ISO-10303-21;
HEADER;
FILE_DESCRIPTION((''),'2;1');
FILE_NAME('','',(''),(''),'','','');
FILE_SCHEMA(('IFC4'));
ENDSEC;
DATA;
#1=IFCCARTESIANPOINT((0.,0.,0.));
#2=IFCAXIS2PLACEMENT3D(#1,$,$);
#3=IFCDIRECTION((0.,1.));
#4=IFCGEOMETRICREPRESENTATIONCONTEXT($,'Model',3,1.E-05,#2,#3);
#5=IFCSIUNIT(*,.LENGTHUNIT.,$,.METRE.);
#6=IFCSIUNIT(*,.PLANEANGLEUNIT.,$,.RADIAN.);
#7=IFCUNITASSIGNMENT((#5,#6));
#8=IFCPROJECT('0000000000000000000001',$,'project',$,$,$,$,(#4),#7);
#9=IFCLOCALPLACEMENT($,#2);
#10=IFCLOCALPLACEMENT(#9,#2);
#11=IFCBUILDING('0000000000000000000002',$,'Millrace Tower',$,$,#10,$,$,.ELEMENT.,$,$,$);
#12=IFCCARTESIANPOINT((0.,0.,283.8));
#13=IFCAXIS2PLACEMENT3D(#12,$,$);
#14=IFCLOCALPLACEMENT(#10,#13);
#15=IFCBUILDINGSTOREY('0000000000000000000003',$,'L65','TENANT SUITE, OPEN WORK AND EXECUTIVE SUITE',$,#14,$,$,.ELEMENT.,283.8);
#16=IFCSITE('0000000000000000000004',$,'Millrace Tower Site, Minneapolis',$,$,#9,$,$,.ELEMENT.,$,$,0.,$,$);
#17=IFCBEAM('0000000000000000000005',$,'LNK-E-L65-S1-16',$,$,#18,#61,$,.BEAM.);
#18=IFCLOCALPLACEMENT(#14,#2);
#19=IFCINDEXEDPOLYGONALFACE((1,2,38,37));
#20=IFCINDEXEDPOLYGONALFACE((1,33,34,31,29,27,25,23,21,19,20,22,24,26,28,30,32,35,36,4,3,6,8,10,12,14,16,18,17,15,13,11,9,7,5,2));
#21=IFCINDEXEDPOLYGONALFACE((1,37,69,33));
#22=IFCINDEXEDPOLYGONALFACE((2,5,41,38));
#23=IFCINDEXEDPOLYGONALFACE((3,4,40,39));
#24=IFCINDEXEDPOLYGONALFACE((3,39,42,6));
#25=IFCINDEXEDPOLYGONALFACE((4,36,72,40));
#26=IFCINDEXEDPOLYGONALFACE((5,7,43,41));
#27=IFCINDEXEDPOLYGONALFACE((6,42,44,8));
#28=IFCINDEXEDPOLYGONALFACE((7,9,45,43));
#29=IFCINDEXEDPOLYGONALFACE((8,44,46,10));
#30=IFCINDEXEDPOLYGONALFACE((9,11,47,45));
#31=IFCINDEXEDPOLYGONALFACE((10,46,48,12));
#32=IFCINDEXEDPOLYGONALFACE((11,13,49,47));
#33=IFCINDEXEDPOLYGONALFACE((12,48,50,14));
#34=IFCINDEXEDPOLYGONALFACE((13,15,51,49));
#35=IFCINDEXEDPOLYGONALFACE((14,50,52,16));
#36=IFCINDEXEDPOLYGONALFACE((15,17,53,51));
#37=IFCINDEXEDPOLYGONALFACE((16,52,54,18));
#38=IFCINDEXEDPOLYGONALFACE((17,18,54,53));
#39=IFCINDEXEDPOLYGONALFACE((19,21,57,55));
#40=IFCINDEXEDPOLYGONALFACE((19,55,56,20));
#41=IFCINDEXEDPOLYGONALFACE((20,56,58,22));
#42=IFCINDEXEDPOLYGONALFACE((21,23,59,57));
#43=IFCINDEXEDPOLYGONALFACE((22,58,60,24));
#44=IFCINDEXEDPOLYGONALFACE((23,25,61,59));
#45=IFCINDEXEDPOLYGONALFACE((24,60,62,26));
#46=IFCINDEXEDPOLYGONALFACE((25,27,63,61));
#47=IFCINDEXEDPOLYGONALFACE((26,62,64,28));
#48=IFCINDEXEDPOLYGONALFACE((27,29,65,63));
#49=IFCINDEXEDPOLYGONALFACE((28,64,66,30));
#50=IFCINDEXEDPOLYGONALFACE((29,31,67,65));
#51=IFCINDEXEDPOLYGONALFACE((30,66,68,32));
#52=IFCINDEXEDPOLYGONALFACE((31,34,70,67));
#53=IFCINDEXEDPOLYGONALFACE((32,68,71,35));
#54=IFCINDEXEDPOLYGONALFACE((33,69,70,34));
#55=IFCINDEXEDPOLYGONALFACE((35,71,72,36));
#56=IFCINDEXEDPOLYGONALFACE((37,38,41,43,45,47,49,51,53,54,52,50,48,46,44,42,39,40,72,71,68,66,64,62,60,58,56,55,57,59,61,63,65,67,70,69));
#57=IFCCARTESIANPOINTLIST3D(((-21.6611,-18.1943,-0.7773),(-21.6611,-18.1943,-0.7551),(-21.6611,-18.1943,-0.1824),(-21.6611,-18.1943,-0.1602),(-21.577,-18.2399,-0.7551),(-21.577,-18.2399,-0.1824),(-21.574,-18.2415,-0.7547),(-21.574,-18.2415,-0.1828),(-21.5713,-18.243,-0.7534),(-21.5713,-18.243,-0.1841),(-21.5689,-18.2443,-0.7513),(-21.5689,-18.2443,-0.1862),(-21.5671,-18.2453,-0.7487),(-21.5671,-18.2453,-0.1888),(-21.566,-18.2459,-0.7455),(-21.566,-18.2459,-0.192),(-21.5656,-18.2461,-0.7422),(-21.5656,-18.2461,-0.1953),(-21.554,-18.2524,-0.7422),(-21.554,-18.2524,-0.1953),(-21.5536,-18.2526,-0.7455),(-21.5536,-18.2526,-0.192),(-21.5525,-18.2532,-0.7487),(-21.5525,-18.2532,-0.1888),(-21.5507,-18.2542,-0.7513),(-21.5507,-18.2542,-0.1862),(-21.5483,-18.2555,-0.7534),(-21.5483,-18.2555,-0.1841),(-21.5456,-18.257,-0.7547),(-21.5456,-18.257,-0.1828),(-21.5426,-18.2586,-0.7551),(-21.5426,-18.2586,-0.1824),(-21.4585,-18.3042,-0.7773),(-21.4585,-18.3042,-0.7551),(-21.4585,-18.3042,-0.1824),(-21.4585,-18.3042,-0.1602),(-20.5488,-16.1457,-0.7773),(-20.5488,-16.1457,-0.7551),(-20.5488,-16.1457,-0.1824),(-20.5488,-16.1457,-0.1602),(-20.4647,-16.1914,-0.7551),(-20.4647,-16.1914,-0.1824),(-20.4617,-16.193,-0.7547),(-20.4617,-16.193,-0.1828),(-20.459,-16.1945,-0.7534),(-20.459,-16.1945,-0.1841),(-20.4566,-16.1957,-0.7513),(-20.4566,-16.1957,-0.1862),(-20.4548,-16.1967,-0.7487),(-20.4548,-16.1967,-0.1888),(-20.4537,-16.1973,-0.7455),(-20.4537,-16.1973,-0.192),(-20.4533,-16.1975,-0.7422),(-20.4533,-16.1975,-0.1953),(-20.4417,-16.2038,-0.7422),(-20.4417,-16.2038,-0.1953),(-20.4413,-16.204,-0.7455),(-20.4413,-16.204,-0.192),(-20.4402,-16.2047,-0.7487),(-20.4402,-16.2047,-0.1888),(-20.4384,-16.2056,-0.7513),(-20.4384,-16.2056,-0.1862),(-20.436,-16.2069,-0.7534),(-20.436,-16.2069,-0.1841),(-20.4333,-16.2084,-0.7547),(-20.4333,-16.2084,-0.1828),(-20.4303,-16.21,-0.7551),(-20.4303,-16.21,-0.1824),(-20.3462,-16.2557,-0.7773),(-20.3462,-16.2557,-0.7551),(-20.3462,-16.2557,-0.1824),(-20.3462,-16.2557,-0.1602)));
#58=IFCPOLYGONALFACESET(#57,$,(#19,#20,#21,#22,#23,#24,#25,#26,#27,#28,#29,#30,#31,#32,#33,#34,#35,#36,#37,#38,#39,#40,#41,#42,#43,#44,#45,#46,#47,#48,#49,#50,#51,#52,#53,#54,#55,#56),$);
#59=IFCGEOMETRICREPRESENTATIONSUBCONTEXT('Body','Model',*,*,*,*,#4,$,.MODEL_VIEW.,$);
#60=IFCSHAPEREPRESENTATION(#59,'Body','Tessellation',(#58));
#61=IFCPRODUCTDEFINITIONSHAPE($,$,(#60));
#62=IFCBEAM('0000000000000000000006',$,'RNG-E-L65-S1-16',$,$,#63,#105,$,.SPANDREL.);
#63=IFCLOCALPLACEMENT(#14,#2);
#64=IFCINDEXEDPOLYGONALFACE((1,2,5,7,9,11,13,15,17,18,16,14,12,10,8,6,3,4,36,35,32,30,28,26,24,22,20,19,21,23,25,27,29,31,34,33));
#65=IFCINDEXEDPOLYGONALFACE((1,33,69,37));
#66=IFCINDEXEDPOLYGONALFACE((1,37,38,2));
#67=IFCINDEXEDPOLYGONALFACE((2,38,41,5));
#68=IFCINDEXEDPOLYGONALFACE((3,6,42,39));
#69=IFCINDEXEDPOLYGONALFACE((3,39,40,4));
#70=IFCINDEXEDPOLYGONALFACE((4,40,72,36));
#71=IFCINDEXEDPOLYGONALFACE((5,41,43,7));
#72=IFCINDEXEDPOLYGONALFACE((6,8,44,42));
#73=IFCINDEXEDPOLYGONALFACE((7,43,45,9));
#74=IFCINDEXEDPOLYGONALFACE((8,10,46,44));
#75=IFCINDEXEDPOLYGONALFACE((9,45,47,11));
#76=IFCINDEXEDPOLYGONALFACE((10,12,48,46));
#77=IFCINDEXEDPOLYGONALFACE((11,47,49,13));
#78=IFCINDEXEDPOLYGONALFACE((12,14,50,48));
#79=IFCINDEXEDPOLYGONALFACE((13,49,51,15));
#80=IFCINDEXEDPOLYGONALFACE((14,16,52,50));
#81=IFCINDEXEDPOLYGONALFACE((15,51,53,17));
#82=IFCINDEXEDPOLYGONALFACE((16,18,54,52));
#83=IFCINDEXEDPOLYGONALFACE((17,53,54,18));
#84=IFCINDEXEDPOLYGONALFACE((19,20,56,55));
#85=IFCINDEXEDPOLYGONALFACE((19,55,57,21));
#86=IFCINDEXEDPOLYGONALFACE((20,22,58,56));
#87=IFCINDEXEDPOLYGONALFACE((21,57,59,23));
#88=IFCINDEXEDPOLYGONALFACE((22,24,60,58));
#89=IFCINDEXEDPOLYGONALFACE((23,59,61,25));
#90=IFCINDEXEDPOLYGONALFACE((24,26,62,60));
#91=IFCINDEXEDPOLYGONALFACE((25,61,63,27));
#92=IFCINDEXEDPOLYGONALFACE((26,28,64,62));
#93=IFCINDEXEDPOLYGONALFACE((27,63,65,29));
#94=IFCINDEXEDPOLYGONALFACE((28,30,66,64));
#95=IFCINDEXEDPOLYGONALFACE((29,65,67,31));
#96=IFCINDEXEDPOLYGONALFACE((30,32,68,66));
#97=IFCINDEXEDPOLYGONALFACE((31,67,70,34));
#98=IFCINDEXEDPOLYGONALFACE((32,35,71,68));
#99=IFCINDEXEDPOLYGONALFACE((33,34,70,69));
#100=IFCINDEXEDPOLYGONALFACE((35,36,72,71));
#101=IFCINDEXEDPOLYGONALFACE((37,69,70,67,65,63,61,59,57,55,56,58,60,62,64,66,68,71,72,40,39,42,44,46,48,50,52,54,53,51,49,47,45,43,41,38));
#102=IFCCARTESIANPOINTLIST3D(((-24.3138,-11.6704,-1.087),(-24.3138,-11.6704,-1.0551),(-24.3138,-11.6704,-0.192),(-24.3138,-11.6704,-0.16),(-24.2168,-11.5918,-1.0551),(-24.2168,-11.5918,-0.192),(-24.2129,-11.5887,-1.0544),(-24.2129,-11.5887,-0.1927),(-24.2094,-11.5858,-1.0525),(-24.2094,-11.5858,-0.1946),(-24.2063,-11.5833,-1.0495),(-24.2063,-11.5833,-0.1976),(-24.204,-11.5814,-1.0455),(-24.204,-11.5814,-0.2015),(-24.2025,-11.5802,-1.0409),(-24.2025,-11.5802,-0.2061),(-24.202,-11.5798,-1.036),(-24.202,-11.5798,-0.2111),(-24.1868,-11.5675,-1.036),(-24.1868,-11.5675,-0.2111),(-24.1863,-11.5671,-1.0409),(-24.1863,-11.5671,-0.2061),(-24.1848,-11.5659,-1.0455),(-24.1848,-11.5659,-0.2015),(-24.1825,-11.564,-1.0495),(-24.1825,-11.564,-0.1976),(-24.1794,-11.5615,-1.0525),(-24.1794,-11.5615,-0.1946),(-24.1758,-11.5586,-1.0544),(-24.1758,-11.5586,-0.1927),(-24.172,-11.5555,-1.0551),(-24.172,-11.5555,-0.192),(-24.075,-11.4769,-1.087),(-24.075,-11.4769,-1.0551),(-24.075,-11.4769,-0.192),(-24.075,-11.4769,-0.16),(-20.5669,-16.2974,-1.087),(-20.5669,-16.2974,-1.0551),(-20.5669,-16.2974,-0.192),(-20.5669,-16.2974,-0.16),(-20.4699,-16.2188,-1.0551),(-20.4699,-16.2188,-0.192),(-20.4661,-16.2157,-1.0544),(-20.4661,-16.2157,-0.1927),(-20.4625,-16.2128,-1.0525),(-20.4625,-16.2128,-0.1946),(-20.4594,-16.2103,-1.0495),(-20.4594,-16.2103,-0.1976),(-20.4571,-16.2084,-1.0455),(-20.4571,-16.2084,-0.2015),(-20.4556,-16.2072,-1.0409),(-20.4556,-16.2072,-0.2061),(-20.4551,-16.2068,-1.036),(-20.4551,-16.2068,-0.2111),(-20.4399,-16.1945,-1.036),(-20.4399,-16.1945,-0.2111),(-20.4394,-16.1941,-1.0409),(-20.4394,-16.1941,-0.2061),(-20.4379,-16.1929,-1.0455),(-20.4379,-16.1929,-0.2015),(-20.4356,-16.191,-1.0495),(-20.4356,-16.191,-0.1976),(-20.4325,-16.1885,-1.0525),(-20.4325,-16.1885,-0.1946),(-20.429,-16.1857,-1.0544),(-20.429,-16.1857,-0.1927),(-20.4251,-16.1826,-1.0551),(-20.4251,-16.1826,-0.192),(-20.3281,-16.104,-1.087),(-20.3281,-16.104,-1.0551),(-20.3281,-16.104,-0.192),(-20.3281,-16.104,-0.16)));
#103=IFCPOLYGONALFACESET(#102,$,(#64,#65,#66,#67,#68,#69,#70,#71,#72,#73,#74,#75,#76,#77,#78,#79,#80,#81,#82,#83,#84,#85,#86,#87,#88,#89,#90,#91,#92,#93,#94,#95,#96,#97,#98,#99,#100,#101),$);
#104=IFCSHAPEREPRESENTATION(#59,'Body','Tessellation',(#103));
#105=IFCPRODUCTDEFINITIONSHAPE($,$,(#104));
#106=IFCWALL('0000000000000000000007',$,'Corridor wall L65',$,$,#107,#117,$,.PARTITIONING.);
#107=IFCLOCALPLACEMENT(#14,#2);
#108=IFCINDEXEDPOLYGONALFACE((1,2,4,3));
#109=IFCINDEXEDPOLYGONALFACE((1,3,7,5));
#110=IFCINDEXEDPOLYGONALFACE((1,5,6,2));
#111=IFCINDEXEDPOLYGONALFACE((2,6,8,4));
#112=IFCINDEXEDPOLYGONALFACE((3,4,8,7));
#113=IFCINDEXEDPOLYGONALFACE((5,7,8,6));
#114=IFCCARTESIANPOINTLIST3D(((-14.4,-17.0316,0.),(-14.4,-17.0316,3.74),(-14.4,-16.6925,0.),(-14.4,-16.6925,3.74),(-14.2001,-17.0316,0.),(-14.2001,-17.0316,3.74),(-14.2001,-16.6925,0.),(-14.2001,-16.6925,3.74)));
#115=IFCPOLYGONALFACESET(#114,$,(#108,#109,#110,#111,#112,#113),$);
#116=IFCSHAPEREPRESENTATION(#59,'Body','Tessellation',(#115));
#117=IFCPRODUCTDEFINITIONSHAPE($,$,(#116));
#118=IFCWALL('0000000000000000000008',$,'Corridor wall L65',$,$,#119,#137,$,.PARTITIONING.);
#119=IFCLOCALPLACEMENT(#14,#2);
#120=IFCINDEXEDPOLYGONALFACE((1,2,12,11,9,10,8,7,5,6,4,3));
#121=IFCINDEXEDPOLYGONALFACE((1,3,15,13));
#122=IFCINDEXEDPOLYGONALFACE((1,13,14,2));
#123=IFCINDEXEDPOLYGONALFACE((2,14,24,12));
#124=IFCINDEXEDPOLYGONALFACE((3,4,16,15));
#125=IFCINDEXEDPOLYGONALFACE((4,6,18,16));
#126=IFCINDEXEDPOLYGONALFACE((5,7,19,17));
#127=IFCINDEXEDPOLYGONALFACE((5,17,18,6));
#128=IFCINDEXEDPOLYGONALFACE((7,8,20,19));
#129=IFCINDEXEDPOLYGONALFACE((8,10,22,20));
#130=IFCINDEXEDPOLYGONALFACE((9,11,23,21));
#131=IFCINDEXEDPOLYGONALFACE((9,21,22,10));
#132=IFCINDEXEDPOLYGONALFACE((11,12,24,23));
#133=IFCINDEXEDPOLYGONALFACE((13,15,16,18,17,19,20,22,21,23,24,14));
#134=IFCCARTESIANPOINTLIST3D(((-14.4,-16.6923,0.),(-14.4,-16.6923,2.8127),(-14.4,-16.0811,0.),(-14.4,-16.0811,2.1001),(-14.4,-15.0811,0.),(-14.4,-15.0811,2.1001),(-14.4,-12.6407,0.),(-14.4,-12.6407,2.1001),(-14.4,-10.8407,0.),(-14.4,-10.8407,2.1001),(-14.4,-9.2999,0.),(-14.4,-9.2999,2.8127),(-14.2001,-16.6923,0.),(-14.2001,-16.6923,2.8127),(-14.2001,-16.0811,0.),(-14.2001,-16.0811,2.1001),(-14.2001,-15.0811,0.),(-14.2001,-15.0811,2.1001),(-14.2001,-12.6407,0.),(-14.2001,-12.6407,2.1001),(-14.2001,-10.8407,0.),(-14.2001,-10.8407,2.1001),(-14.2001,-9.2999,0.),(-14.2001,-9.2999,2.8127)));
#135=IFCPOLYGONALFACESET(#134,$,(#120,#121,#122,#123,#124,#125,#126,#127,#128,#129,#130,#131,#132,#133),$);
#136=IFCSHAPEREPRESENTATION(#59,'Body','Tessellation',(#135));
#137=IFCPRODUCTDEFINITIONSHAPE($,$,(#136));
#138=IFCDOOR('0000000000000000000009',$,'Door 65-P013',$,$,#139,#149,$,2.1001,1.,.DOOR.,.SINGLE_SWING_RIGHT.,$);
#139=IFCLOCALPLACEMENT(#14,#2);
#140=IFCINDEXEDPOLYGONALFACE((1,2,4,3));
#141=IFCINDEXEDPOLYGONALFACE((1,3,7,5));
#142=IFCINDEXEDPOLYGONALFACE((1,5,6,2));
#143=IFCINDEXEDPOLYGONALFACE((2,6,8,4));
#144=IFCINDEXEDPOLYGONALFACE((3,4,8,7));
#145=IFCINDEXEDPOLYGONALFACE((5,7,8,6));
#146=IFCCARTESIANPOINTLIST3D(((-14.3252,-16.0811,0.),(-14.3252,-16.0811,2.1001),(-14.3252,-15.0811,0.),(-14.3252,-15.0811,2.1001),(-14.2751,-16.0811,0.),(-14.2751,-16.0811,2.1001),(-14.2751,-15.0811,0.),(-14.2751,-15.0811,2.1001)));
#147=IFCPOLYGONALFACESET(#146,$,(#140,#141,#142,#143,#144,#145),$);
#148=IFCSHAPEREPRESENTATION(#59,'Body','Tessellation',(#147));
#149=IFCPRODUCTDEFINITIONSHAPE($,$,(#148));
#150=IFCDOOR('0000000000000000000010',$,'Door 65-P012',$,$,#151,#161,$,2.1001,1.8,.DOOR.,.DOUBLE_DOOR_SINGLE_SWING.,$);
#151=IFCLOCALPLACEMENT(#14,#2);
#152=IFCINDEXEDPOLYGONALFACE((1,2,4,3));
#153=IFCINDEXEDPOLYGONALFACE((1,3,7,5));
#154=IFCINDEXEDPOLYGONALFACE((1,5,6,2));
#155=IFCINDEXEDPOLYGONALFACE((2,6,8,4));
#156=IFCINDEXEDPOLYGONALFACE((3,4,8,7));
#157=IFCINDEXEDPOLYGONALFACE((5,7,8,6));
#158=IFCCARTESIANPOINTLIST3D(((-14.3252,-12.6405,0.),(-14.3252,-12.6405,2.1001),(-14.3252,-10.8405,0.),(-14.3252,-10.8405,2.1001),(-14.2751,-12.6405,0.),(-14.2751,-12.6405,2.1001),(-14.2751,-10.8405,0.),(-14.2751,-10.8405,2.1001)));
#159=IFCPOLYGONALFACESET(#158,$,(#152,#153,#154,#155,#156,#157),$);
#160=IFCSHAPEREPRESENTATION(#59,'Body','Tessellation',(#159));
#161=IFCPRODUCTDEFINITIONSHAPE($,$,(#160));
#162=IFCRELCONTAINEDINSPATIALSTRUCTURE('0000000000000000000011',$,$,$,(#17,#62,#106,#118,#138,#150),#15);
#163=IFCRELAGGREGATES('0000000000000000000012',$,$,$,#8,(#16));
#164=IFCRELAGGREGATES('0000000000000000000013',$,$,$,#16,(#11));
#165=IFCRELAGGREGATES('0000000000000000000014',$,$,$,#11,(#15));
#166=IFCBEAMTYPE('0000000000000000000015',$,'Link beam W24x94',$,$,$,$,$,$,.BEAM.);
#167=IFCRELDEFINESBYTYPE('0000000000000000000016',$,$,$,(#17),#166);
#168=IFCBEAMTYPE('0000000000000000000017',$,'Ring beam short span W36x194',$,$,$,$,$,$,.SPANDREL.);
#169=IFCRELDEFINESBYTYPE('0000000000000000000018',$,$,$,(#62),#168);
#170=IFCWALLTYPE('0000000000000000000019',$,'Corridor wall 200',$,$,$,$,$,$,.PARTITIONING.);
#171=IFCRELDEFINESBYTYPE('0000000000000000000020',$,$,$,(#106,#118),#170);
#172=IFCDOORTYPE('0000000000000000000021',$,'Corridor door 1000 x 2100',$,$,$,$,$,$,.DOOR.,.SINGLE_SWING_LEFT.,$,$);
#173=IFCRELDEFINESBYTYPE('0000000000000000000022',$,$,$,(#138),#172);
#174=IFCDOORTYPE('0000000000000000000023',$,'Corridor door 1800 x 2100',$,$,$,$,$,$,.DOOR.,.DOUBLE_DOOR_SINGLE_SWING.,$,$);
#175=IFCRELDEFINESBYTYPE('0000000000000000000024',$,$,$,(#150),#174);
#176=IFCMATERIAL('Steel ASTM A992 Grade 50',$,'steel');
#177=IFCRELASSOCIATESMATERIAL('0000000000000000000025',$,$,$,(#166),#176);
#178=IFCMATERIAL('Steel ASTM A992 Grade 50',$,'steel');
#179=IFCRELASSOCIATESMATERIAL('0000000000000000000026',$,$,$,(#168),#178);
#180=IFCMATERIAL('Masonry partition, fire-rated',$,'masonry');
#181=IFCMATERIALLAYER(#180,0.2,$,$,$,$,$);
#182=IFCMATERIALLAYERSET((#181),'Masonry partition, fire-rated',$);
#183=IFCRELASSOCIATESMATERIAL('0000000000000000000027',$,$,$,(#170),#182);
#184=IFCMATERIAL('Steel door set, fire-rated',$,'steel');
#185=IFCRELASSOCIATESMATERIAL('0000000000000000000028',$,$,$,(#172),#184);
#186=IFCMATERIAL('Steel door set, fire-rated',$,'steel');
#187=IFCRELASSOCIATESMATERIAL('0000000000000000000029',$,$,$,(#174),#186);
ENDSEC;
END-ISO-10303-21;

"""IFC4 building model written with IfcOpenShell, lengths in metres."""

from ifc_helpers import new_model, si_unit, direction, frame, frame_2d, origin, origin_2d, place, context, subcontext, project, spatial, rectangle, i_section, extrude, material, layer, layer_set, material_profile, profile_set, type_object, element, fill, save


model = new_model("IFC4")

# Units and contexts
model_context = context("Model", 3, precision=1e-05, world=origin(), true_north=direction((0.0, 1.0)))
body_context = subcontext(model_context, "Body", "Model", "MODEL_VIEW")
ifc_project = project(units=[si_unit("LENGTHUNIT", "METRE"), si_unit("PLANEANGLEUNIT", "RADIAN")], contexts=[model_context])

# Site, building, storey
site_placement = place(None, origin())
site = spatial("IfcSite", under=ifc_project, at=site_placement, Name="Millrace Tower Site, Minneapolis", CompositionType="ELEMENT", RefElevation=0.0)
building_placement = place(site_placement, origin())
building = spatial("IfcBuilding", under=site, at=building_placement, Name="Millrace Tower", CompositionType="ELEMENT")
storey_placement = place(building_placement, frame((0.0, 0.0, 283.8)))
storey = spatial("IfcBuildingStorey", under=building, at=storey_placement, Name="L65", Description="TENANT SUITE, OPEN WORK AND EXECUTIVE SUITE", CompositionType="ELEMENT", Elevation=283.8)

# Beams
ifc_material_1 = material(Name="Steel ASTM A992 Grade 50", Category="steel")
ifc_material_profile_1 = material_profile(ifc_material_1, i_section(OverallWidth=0.2305, OverallDepth=0.6172, WebThickness=0.0132, FlangeThickness=0.0222, FilletRadius=0.0129, at=origin_2d()))
ifc_profile_set_1 = profile_set([ifc_material_profile_1], Name="Steel ASTM A992 Grade 50")
beam_type_1 = type_object("IfcBeamType", Name="Link beam W24x94", PredefinedType="BEAM", material=ifc_profile_set_1)
beam_1_placement = place(storey_placement, frame((-20.4475, -16.2007, -0.4688), z_axis=(-0.477164, -0.878815, 0.0), x_axis=(0.878815, -0.477164, 0.0)))
element("IfcBeam", 1, at=beam_1_placement, inside=storey, type_object=beam_type_1, Name="LNK-E-L65-S1-16", PredefinedType="BEAM", context=body_context, shape_type="SweptSolid", body=[
    extrude(i_section(OverallWidth=0.2305, OverallDepth=0.6172, WebThickness=0.0132, FlangeThickness=0.0222, FilletRadius=0.0129, at=origin_2d()), origin(), (0.0, 0.0, 1.0), 2.3311),
])
ifc_material_2 = material(Name="Steel ASTM A992 Grade 50", Category="steel")
ifc_material_profile_2 = material_profile(ifc_material_2, i_section(OverallWidth=0.3074, OverallDepth=0.927, WebThickness=0.0195, FlangeThickness=0.032, FilletRadius=0.019, at=origin_2d()))
ifc_profile_set_2 = profile_set([ifc_material_profile_2], Name="Steel ASTM A992 Grade 50")
beam_type_2 = type_object("IfcBeamType", Name="Ring beam short span W36x194", PredefinedType="SPANDREL", material=ifc_profile_set_2)
beam_2_placement = place(storey_placement, frame((-20.4475, -16.2007, -0.6235), z_axis=(-0.62932, 0.777147, 0.0), x_axis=(-0.777147, -0.62932, 0.0)))
element("IfcBeam", 2, at=beam_2_placement, inside=storey, type_object=beam_type_2, Name="RNG-E-L65-S1-16", PredefinedType="SPANDREL", context=body_context, shape_type="SweptSolid", body=[
    extrude(i_section(OverallWidth=0.3074, OverallDepth=0.927, WebThickness=0.0195, FlangeThickness=0.032, FilletRadius=0.019, at=origin_2d()), origin(), (0.0, 0.0, 1.0), 5.9539),
])

# Wall
ifc_material_3 = material(Name="Masonry partition, fire-rated", Category="masonry")
ifc_layer_1 = layer(ifc_material_3, 0.2)
ifc_layer_set_1 = layer_set([ifc_layer_1], Name="Masonry partition, fire-rated")
wall_type_1 = type_object("IfcWallType", Name="Corridor wall 200", PredefinedType="PARTITIONING", material=ifc_layer_set_1)
wall_1_placement = place(storey_placement, frame((-14.3, -17.0315, 0.0), z_axis=(0.0, 0.0, 1.0), x_axis=(0.0, 1.0, 0.0)))
element("IfcWall", 3, at=wall_1_placement, inside=storey, type_object=wall_type_1, Name="Corridor wall L65", PredefinedType="PARTITIONING", context=body_context, shape_type="SweptSolid", body=[
    extrude(rectangle(XDim=0.3391, YDim=0.2, at=frame_2d((0.1694, 0.0))), origin(), (0.0, 0.0, 1.0), 3.74),
])

# Wall, openings, doors
wall_2_placement = place(storey_placement, frame((-14.3, -16.6924, 0.0), z_axis=(0.0, 0.0, 1.0), x_axis=(0.0, 1.0, 0.0)))
wall_2 = element("IfcWall", 4, at=wall_2_placement, inside=storey, type_object=wall_type_1, Name="Corridor wall L65", PredefinedType="PARTITIONING", context=body_context, shape_type="SweptSolid", body=[
    extrude(rectangle(XDim=7.3923, YDim=0.2, at=frame_2d((3.6963, 0.0))), origin(), (0.0, 0.0, 1.0), 2.8127),
])
opening_1_placement = place(wall_2_placement, frame((4.0518, 0.0, 0.0)))
opening_1 = element("IfcOpeningElement", 5, at=opening_1_placement, cuts=wall_2, PredefinedType="OPENING", context=body_context, shape_type="SweptSolid", body=[
    extrude(rectangle(XDim=1.8, YDim=2.1001, at=frame_2d((0.8999, 1.05))), frame((0.0, 0.1099, 0.0), z_axis=(0.0, -1.0, 0.0), x_axis=(1.0, 0.0, 0.0)), (0.0, 0.0, 1.0), 0.22),
])
opening_2_placement = place(wall_2_placement, frame((0.6113, 0.0, 0.0)))
opening_2 = element("IfcOpeningElement", 6, at=opening_2_placement, cuts=wall_2, PredefinedType="OPENING", context=body_context, shape_type="SweptSolid", body=[
    extrude(rectangle(XDim=1.0, YDim=2.1001, at=frame_2d((0.5, 1.05))), frame((0.0, 0.1099, 0.0), z_axis=(0.0, -1.0, 0.0), x_axis=(1.0, 0.0, 0.0)), (0.0, 0.0, 1.0), 0.22),
])
ifc_material_4 = material(Name="Steel door set, fire-rated", Category="steel")
door_type_1 = type_object("IfcDoorType", Name="Corridor door 1000 x 2100", OperationType="SINGLE_SWING_LEFT", PredefinedType="DOOR", material=ifc_material_4)
door_1_placement = place(opening_2_placement, frame((1.0, 0.0, 0.0), z_axis=(0.0, 0.0, 1.0), x_axis=(-1.0, 0.0, 0.0)))
door_1 = element("IfcDoor", 7, at=door_1_placement, inside=storey, type_object=door_type_1, Name="Door 65-P013", OperationType="SINGLE_SWING_RIGHT", OverallHeight=2.1001, OverallWidth=1.0, PredefinedType="DOOR", context=body_context, shape_type="SweptSolid", body=[
    extrude(rectangle(XDim=1.0, YDim=2.1001, at=frame_2d((0.5, 1.05))), frame((0.0, 0.0249, 0.0), z_axis=(0.0, -1.0, 0.0), x_axis=(1.0, 0.0, 0.0)), (0.0, 0.0, 1.0), 0.05),
])
fill(opening_2, door_1)
ifc_material_5 = material(Name="Steel door set, fire-rated", Category="steel")
door_type_2 = type_object("IfcDoorType", Name="Corridor door 1800 x 2100", OperationType="DOUBLE_DOOR_SINGLE_SWING", PredefinedType="DOOR", material=ifc_material_5)
door_2_placement = place(opening_1_placement, frame((1.8, 0.0, 0.0), z_axis=(0.0, 0.0, 1.0), x_axis=(-1.0, 0.0, 0.0)))
door_2 = element("IfcDoor", 8, at=door_2_placement, inside=storey, type_object=door_type_2, Name="Door 65-P012", OperationType="DOUBLE_DOOR_SINGLE_SWING", OverallHeight=2.1001, OverallWidth=1.8, PredefinedType="DOOR", context=body_context, shape_type="SweptSolid", body=[
    extrude(rectangle(XDim=1.8, YDim=2.1001, at=frame_2d((0.8999, 1.05))), frame((0.0, 0.0249, 0.0), z_axis=(0.0, -1.0, 0.0), x_axis=(1.0, 0.0, 0.0)), (0.0, 0.0, 1.0), 0.05),
])
fill(opening_1, door_2)

save(model, "model.ifc")
